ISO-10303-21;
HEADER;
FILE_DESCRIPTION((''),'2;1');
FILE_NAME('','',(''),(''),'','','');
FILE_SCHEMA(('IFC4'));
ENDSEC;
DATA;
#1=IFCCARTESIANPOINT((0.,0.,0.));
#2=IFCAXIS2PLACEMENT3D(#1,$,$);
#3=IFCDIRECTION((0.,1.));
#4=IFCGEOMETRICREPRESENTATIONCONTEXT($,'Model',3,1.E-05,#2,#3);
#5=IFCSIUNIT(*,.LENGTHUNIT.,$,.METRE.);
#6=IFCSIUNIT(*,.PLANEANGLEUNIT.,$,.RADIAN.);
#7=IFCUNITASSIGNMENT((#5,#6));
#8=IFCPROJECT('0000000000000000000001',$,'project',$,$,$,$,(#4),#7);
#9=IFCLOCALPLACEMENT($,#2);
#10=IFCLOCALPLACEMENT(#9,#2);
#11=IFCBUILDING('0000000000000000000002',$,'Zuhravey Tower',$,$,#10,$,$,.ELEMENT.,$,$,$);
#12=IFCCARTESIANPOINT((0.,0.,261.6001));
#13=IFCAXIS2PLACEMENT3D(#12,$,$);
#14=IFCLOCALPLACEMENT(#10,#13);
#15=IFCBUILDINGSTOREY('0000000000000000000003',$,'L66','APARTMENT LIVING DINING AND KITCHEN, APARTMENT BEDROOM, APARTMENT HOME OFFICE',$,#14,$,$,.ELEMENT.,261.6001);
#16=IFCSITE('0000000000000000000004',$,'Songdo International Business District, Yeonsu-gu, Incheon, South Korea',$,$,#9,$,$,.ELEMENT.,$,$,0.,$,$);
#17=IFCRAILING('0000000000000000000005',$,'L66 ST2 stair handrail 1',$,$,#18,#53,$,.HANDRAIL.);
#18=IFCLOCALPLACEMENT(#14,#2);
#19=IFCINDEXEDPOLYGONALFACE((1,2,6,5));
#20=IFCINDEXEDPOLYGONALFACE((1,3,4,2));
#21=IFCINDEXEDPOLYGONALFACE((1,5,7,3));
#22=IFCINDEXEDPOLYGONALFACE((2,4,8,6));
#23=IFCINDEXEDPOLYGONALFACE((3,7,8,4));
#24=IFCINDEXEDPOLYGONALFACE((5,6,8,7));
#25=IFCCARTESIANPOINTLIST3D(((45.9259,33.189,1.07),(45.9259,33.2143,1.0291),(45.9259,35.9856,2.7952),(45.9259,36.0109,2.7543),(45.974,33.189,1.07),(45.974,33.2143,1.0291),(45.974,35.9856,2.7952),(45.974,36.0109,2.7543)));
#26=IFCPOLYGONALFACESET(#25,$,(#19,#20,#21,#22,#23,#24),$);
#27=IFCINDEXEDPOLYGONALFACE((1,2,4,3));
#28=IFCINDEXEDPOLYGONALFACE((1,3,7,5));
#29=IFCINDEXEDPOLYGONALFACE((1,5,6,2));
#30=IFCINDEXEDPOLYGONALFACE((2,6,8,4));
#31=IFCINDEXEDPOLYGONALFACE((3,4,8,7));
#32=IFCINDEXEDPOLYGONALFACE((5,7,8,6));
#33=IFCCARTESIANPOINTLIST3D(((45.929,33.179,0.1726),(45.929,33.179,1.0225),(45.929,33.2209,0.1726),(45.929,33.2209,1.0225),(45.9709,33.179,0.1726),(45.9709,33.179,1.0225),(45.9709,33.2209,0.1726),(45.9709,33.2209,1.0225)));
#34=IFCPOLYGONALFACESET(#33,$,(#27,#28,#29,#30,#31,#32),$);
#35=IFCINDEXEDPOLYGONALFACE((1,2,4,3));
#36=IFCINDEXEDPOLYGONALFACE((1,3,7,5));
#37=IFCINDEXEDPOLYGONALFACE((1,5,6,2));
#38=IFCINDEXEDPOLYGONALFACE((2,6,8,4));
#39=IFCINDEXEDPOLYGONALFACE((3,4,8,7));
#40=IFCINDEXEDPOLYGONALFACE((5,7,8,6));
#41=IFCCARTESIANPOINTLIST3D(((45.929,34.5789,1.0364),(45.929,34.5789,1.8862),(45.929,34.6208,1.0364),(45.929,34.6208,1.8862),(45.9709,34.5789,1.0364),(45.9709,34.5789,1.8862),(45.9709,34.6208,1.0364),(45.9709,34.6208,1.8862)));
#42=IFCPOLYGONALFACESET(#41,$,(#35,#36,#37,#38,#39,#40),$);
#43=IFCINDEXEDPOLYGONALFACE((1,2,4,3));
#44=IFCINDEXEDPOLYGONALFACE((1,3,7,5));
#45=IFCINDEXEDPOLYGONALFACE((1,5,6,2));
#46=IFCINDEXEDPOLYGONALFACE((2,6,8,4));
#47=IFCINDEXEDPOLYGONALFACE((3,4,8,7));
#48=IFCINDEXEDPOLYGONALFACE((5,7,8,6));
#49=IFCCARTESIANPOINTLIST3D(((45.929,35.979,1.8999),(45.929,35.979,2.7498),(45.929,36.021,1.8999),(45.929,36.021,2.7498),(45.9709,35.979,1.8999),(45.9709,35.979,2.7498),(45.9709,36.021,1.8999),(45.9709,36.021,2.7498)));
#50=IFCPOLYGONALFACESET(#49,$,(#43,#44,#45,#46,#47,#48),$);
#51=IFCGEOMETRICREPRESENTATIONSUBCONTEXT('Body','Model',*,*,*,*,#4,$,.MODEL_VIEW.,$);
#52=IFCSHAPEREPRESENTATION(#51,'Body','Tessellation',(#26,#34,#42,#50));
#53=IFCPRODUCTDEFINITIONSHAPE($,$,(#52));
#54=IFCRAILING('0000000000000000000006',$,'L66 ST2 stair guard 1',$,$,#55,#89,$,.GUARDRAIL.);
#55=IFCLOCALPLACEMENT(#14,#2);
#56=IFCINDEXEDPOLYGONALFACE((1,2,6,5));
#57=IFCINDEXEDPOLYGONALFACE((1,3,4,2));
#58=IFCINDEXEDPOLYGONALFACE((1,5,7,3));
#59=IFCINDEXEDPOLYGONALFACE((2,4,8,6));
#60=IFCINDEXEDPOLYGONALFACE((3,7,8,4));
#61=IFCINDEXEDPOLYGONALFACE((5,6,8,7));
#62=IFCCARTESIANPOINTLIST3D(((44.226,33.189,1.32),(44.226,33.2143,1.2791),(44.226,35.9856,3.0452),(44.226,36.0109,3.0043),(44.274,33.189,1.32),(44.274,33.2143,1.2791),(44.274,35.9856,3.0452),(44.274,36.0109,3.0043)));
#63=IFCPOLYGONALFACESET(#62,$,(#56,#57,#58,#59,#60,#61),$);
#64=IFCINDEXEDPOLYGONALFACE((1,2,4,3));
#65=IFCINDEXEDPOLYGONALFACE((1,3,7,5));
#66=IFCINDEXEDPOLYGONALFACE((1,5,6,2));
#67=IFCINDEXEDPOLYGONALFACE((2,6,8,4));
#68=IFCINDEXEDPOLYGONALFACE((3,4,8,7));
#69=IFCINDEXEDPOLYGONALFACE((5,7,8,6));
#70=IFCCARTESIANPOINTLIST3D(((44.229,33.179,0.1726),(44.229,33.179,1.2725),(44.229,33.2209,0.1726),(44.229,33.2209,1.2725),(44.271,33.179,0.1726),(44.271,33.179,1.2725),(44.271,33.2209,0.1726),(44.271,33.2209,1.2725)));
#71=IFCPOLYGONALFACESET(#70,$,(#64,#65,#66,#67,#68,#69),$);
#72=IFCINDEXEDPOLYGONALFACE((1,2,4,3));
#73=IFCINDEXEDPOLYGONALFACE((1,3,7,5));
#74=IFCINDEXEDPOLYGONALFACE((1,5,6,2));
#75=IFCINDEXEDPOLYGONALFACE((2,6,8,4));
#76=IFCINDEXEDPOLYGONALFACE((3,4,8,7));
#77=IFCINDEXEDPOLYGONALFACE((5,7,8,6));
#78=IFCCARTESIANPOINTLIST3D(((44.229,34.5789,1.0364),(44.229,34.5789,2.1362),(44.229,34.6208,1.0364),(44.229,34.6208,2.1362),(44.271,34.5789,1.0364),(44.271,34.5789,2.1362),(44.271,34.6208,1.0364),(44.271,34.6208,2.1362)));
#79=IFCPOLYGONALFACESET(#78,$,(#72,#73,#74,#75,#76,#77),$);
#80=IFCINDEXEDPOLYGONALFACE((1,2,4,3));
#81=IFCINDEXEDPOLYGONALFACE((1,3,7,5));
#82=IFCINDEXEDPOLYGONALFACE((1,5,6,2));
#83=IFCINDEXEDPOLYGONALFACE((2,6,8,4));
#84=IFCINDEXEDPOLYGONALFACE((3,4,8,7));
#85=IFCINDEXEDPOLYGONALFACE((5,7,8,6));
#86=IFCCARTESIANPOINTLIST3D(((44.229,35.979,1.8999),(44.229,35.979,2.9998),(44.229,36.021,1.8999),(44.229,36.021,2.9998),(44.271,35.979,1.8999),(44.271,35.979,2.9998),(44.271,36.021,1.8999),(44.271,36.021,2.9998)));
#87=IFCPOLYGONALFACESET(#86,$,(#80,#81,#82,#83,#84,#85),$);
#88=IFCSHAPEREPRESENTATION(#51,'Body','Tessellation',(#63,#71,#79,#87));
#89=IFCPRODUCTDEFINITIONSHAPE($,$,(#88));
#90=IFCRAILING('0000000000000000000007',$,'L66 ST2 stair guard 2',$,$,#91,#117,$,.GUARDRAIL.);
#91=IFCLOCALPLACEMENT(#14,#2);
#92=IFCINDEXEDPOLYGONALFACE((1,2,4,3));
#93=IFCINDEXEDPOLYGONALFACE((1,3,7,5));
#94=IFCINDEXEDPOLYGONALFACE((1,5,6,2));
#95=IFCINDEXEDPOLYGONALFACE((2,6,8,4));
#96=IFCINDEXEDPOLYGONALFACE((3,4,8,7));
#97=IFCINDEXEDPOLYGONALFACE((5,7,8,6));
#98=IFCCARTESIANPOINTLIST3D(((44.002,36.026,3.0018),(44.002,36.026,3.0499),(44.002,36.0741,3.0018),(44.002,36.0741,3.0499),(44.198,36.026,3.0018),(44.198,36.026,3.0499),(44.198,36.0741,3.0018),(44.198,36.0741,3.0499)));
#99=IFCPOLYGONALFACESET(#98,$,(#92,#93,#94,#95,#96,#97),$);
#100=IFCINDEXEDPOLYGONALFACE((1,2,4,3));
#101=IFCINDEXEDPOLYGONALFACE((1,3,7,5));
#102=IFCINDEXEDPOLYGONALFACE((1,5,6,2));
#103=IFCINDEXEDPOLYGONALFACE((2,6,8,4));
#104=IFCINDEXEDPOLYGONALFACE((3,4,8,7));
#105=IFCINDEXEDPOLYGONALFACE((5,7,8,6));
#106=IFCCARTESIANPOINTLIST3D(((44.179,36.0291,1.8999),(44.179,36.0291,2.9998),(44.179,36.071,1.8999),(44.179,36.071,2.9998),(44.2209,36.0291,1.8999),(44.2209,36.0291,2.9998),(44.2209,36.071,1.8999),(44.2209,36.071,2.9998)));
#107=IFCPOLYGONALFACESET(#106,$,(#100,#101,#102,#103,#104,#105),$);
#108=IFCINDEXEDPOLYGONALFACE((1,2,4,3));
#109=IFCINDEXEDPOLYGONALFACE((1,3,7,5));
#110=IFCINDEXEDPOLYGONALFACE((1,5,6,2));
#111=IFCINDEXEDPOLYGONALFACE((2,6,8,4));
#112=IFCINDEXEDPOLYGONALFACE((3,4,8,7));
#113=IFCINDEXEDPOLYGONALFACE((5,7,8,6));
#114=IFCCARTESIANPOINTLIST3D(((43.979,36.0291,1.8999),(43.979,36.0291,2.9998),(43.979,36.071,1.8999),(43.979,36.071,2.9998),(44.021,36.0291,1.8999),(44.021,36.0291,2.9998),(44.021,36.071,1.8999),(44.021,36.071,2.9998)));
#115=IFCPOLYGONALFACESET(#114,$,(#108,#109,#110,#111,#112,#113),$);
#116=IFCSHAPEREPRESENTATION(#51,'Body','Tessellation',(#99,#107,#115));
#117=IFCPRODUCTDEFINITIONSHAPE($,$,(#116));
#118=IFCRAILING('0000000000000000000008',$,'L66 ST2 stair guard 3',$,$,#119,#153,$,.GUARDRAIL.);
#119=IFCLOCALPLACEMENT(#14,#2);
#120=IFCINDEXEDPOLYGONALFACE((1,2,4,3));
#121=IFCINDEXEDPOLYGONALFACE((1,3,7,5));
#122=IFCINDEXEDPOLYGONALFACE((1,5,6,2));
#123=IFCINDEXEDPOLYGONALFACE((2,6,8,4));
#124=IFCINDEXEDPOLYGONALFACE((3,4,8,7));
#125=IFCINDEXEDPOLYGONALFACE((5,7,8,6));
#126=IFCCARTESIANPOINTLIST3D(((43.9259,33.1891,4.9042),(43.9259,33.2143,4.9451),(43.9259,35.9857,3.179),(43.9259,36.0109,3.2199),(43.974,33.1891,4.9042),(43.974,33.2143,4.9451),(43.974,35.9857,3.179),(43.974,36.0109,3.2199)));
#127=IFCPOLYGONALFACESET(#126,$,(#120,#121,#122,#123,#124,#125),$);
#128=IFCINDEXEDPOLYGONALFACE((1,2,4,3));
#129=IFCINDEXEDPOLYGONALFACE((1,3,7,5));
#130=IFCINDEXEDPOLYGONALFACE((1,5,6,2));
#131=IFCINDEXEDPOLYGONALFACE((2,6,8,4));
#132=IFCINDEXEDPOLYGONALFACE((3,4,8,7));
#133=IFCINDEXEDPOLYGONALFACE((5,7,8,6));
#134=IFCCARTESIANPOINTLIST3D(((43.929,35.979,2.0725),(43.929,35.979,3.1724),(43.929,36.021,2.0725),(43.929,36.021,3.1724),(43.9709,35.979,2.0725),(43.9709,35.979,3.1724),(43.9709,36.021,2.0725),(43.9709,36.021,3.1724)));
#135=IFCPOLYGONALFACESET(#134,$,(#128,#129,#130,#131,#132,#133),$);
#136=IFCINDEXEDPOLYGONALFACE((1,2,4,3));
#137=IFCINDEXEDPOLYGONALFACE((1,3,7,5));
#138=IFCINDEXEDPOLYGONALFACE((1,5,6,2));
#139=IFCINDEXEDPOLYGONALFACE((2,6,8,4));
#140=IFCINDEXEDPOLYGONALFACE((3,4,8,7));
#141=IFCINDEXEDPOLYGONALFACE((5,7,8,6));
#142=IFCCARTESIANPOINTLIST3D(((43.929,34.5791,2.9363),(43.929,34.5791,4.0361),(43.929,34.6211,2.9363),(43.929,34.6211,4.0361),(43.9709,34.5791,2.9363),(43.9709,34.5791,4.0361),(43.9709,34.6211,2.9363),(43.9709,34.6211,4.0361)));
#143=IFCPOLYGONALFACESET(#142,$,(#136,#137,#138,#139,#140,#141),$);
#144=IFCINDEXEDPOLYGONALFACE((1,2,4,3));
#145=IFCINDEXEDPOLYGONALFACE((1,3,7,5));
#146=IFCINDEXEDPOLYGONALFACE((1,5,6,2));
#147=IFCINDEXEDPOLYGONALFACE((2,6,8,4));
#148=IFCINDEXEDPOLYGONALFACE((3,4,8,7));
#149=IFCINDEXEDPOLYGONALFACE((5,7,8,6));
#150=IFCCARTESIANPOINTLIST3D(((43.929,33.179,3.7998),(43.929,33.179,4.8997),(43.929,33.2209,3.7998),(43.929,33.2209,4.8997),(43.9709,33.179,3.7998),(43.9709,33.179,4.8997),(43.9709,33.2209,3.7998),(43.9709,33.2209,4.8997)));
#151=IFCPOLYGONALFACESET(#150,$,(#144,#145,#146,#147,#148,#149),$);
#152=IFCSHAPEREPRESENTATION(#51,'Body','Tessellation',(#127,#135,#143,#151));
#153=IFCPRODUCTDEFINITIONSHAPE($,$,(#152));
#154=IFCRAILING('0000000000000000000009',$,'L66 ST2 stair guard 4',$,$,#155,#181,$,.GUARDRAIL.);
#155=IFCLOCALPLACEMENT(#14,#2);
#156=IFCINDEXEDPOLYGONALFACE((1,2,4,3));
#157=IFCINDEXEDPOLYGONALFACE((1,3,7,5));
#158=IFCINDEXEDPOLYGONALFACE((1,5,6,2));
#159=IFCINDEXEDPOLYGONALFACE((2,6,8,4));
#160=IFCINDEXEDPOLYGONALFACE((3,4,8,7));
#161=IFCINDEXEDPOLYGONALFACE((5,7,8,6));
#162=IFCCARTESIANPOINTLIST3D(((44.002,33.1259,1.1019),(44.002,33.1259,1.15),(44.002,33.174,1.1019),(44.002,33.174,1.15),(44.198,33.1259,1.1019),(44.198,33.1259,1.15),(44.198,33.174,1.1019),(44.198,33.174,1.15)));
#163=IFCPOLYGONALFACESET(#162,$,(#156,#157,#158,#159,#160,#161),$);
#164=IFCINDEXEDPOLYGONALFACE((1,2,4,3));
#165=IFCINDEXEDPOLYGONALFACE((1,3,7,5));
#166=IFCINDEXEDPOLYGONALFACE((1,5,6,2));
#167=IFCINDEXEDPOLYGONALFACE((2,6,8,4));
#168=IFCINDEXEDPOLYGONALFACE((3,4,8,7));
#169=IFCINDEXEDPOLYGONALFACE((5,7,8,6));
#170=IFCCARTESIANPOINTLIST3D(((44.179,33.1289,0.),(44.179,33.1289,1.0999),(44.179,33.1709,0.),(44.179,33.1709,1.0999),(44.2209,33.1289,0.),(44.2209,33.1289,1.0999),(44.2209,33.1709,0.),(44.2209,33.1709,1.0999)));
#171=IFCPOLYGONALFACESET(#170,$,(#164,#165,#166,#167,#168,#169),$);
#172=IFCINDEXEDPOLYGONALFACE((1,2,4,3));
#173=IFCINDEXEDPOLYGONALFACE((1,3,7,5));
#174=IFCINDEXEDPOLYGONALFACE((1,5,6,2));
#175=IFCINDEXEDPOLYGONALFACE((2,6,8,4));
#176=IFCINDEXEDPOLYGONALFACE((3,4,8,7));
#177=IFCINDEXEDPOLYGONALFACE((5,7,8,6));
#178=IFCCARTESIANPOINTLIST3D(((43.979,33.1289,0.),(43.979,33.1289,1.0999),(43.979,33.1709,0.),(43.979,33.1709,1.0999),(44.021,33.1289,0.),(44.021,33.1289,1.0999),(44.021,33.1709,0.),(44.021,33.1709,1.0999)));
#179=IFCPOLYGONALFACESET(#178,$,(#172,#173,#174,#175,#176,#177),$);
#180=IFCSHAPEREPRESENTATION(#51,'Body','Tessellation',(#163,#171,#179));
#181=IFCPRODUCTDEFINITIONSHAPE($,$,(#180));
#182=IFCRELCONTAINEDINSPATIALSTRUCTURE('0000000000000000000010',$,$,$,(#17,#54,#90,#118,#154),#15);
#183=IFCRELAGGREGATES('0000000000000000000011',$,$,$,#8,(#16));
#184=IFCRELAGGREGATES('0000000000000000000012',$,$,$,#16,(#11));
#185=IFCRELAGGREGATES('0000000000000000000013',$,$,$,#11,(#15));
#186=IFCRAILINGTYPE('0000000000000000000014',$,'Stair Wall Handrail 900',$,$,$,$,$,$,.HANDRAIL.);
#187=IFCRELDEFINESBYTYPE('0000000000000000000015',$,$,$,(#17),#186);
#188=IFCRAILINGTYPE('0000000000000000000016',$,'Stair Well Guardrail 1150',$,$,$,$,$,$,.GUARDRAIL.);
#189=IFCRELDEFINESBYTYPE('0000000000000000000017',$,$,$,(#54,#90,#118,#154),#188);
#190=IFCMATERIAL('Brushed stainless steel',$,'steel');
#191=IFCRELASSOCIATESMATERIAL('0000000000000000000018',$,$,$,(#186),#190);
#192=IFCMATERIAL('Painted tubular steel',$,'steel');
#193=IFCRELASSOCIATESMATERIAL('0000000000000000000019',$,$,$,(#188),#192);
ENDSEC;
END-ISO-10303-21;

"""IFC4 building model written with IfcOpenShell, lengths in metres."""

from ifc_helpers import new_model, si_unit, direction, frame, origin, origin_2d, place, context, subcontext, project, spatial, rectangle, extrude, material, type_object, element, save


model = new_model("IFC4")

# Units and contexts
model_context = context("Model", 3, precision=1e-05, world=origin(), true_north=direction((0.0, 1.0)))
body_context = subcontext(model_context, "Body", "Model", "MODEL_VIEW")
ifc_project = project(units=[si_unit("LENGTHUNIT", "METRE"), si_unit("PLANEANGLEUNIT", "RADIAN")], contexts=[model_context])

# Site, building, storey
site_placement = place(None, origin())
site = spatial("IfcSite", under=ifc_project, at=site_placement, Name="Songdo International Business District, Yeonsu-gu, Incheon, South Korea", CompositionType="ELEMENT", RefElevation=0.0)
building_placement = place(site_placement, origin())
building = spatial("IfcBuilding", under=site, at=building_placement, Name="Zuhravey Tower", CompositionType="ELEMENT")
storey_placement = place(building_placement, frame((0.0, 0.0, 261.6001)))
storey = spatial("IfcBuildingStorey", under=building, at=storey_placement, Name="L66", Description="APARTMENT LIVING DINING AND KITCHEN, APARTMENT BEDROOM, APARTMENT HOME OFFICE", CompositionType="ELEMENT", Elevation=261.6001)

# Railings
ifc_material_1 = material(Name="Brushed stainless steel", Category="steel")
railing_type_1 = type_object("IfcRailingType", Name="Stair Wall Handrail 900", PredefinedType="HANDRAIL", material=ifc_material_1)
railing_1_placement = place(storey_placement, frame((45.95, 33.2, 0.1726)))
element("IfcRailing", 1, at=railing_1_placement, inside=storey, type_object=railing_type_1, Name="L66 ST2 stair handrail 1", PredefinedType="HANDRAIL", context=body_context, shape_type="SweptSolid", body=[
    extrude(rectangle(XDim=0.0481, YDim=0.0481, at=origin_2d()), frame((0.0, 0.0017, 0.877), z_axis=(0.0, 0.85109, 0.52502), x_axis=(-1.0, 0.0, 0.0)), (0.0, 0.0, 1.0), 3.2859),
    extrude(rectangle(XDim=0.042, YDim=0.042, at=origin_2d()), origin(), (0.0, 0.0, 1.0), 0.8499),
    extrude(rectangle(XDim=0.042, YDim=0.042, at=origin_2d()), frame((0.0, 1.3999, 0.8638)), (0.0, 0.0, 1.0), 0.8499),
    extrude(rectangle(XDim=0.042, YDim=0.042, at=origin_2d()), frame((0.0, 2.8, 1.7273)), (0.0, 0.0, 1.0), 0.8499),
])
ifc_material_2 = material(Name="Painted tubular steel", Category="steel")
railing_type_2 = type_object("IfcRailingType", Name="Stair Well Guardrail 1150", PredefinedType="GUARDRAIL", material=ifc_material_2)
railing_2_placement = place(storey_placement, frame((44.25, 33.2, 0.1726)))
element("IfcRailing", 2, at=railing_2_placement, inside=storey, type_object=railing_type_2, Name="L66 ST2 stair guard 1", PredefinedType="GUARDRAIL", context=body_context, shape_type="SweptSolid", body=[
    extrude(rectangle(XDim=0.0481, YDim=0.0481, at=origin_2d()), frame((0.0, 0.0017, 1.127), z_axis=(0.0, 0.85109, 0.52502), x_axis=(-1.0, 0.0, 0.0)), (0.0, 0.0, 1.0), 3.2859),
    extrude(rectangle(XDim=0.042, YDim=0.042, at=origin_2d()), origin(), (0.0, 0.0, 1.0), 1.0999),
    extrude(rectangle(XDim=0.042, YDim=0.042, at=origin_2d()), frame((0.0, 1.3999, 0.8638)), (0.0, 0.0, 1.0), 1.0999),
    extrude(rectangle(XDim=0.042, YDim=0.042, at=origin_2d()), frame((0.0, 2.8, 1.7273)), (0.0, 0.0, 1.0), 1.0999),
])
railing_3_placement = place(storey_placement, frame((44.2, 36.05, 1.8999)))
element("IfcRailing", 3, at=railing_3_placement, inside=storey, type_object=railing_type_2, Name="L66 ST2 stair guard 2", PredefinedType="GUARDRAIL", context=body_context, shape_type="SweptSolid", body=[
    extrude(rectangle(XDim=0.0481, YDim=0.0481, at=origin_2d()), frame((-0.002, 0.0, 1.126), z_axis=(-1.0, 0.0, 0.0), x_axis=(0.0, -1.0, 0.0)), (0.0, 0.0, 1.0), 0.196),
    extrude(rectangle(XDim=0.042, YDim=0.042, at=origin_2d()), origin(), (0.0, 0.0, 1.0), 1.0999),
    extrude(rectangle(XDim=0.042, YDim=0.042, at=origin_2d()), frame((-0.2, 0.0, 0.0)), (0.0, 0.0, 1.0), 1.0999),
])
railing_4_placement = place(storey_placement, frame((43.95, 36.0, 2.0725)))
element("IfcRailing", 4, at=railing_4_placement, inside=storey, type_object=railing_type_2, Name="L66 ST2 stair guard 3", PredefinedType="GUARDRAIL", context=body_context, shape_type="SweptSolid", body=[
    extrude(rectangle(XDim=0.0481, YDim=0.0481, at=origin_2d()), frame((0.0, -0.0017, 1.127), z_axis=(0.0, -0.85109, 0.52502), x_axis=(1.0, 0.0, 0.0)), (0.0, 0.0, 1.0), 3.2859),
    extrude(rectangle(XDim=0.042, YDim=0.042, at=origin_2d()), origin(), (0.0, 0.0, 1.0), 1.0999),
    extrude(rectangle(XDim=0.042, YDim=0.042, at=origin_2d()), frame((0.0, -1.3999, 0.8638)), (0.0, 0.0, 1.0), 1.0999),
    extrude(rectangle(XDim=0.042, YDim=0.042, at=origin_2d()), frame((0.0, -2.8, 1.7273)), (0.0, 0.0, 1.0), 1.0999),
])
railing_5_placement = place(storey_placement, frame((44.2, 33.1499, 0.0)))
element("IfcRailing", 5, at=railing_5_placement, inside=storey, type_object=railing_type_2, Name="L66 ST2 stair guard 4", PredefinedType="GUARDRAIL", context=body_context, shape_type="SweptSolid", body=[
    extrude(rectangle(XDim=0.0481, YDim=0.0481, at=origin_2d()), frame((-0.002, 0.0, 1.126), z_axis=(-1.0, 0.0, 0.0), x_axis=(0.0, -1.0, 0.0)), (0.0, 0.0, 1.0), 0.196),
    extrude(rectangle(XDim=0.042, YDim=0.042, at=origin_2d()), origin(), (0.0, 0.0, 1.0), 1.0999),
    extrude(rectangle(XDim=0.042, YDim=0.042, at=origin_2d()), frame((-0.2, 0.0, 0.0)), (0.0, 0.0, 1.0), 1.0999),
])

save(model, "model.ifc")
